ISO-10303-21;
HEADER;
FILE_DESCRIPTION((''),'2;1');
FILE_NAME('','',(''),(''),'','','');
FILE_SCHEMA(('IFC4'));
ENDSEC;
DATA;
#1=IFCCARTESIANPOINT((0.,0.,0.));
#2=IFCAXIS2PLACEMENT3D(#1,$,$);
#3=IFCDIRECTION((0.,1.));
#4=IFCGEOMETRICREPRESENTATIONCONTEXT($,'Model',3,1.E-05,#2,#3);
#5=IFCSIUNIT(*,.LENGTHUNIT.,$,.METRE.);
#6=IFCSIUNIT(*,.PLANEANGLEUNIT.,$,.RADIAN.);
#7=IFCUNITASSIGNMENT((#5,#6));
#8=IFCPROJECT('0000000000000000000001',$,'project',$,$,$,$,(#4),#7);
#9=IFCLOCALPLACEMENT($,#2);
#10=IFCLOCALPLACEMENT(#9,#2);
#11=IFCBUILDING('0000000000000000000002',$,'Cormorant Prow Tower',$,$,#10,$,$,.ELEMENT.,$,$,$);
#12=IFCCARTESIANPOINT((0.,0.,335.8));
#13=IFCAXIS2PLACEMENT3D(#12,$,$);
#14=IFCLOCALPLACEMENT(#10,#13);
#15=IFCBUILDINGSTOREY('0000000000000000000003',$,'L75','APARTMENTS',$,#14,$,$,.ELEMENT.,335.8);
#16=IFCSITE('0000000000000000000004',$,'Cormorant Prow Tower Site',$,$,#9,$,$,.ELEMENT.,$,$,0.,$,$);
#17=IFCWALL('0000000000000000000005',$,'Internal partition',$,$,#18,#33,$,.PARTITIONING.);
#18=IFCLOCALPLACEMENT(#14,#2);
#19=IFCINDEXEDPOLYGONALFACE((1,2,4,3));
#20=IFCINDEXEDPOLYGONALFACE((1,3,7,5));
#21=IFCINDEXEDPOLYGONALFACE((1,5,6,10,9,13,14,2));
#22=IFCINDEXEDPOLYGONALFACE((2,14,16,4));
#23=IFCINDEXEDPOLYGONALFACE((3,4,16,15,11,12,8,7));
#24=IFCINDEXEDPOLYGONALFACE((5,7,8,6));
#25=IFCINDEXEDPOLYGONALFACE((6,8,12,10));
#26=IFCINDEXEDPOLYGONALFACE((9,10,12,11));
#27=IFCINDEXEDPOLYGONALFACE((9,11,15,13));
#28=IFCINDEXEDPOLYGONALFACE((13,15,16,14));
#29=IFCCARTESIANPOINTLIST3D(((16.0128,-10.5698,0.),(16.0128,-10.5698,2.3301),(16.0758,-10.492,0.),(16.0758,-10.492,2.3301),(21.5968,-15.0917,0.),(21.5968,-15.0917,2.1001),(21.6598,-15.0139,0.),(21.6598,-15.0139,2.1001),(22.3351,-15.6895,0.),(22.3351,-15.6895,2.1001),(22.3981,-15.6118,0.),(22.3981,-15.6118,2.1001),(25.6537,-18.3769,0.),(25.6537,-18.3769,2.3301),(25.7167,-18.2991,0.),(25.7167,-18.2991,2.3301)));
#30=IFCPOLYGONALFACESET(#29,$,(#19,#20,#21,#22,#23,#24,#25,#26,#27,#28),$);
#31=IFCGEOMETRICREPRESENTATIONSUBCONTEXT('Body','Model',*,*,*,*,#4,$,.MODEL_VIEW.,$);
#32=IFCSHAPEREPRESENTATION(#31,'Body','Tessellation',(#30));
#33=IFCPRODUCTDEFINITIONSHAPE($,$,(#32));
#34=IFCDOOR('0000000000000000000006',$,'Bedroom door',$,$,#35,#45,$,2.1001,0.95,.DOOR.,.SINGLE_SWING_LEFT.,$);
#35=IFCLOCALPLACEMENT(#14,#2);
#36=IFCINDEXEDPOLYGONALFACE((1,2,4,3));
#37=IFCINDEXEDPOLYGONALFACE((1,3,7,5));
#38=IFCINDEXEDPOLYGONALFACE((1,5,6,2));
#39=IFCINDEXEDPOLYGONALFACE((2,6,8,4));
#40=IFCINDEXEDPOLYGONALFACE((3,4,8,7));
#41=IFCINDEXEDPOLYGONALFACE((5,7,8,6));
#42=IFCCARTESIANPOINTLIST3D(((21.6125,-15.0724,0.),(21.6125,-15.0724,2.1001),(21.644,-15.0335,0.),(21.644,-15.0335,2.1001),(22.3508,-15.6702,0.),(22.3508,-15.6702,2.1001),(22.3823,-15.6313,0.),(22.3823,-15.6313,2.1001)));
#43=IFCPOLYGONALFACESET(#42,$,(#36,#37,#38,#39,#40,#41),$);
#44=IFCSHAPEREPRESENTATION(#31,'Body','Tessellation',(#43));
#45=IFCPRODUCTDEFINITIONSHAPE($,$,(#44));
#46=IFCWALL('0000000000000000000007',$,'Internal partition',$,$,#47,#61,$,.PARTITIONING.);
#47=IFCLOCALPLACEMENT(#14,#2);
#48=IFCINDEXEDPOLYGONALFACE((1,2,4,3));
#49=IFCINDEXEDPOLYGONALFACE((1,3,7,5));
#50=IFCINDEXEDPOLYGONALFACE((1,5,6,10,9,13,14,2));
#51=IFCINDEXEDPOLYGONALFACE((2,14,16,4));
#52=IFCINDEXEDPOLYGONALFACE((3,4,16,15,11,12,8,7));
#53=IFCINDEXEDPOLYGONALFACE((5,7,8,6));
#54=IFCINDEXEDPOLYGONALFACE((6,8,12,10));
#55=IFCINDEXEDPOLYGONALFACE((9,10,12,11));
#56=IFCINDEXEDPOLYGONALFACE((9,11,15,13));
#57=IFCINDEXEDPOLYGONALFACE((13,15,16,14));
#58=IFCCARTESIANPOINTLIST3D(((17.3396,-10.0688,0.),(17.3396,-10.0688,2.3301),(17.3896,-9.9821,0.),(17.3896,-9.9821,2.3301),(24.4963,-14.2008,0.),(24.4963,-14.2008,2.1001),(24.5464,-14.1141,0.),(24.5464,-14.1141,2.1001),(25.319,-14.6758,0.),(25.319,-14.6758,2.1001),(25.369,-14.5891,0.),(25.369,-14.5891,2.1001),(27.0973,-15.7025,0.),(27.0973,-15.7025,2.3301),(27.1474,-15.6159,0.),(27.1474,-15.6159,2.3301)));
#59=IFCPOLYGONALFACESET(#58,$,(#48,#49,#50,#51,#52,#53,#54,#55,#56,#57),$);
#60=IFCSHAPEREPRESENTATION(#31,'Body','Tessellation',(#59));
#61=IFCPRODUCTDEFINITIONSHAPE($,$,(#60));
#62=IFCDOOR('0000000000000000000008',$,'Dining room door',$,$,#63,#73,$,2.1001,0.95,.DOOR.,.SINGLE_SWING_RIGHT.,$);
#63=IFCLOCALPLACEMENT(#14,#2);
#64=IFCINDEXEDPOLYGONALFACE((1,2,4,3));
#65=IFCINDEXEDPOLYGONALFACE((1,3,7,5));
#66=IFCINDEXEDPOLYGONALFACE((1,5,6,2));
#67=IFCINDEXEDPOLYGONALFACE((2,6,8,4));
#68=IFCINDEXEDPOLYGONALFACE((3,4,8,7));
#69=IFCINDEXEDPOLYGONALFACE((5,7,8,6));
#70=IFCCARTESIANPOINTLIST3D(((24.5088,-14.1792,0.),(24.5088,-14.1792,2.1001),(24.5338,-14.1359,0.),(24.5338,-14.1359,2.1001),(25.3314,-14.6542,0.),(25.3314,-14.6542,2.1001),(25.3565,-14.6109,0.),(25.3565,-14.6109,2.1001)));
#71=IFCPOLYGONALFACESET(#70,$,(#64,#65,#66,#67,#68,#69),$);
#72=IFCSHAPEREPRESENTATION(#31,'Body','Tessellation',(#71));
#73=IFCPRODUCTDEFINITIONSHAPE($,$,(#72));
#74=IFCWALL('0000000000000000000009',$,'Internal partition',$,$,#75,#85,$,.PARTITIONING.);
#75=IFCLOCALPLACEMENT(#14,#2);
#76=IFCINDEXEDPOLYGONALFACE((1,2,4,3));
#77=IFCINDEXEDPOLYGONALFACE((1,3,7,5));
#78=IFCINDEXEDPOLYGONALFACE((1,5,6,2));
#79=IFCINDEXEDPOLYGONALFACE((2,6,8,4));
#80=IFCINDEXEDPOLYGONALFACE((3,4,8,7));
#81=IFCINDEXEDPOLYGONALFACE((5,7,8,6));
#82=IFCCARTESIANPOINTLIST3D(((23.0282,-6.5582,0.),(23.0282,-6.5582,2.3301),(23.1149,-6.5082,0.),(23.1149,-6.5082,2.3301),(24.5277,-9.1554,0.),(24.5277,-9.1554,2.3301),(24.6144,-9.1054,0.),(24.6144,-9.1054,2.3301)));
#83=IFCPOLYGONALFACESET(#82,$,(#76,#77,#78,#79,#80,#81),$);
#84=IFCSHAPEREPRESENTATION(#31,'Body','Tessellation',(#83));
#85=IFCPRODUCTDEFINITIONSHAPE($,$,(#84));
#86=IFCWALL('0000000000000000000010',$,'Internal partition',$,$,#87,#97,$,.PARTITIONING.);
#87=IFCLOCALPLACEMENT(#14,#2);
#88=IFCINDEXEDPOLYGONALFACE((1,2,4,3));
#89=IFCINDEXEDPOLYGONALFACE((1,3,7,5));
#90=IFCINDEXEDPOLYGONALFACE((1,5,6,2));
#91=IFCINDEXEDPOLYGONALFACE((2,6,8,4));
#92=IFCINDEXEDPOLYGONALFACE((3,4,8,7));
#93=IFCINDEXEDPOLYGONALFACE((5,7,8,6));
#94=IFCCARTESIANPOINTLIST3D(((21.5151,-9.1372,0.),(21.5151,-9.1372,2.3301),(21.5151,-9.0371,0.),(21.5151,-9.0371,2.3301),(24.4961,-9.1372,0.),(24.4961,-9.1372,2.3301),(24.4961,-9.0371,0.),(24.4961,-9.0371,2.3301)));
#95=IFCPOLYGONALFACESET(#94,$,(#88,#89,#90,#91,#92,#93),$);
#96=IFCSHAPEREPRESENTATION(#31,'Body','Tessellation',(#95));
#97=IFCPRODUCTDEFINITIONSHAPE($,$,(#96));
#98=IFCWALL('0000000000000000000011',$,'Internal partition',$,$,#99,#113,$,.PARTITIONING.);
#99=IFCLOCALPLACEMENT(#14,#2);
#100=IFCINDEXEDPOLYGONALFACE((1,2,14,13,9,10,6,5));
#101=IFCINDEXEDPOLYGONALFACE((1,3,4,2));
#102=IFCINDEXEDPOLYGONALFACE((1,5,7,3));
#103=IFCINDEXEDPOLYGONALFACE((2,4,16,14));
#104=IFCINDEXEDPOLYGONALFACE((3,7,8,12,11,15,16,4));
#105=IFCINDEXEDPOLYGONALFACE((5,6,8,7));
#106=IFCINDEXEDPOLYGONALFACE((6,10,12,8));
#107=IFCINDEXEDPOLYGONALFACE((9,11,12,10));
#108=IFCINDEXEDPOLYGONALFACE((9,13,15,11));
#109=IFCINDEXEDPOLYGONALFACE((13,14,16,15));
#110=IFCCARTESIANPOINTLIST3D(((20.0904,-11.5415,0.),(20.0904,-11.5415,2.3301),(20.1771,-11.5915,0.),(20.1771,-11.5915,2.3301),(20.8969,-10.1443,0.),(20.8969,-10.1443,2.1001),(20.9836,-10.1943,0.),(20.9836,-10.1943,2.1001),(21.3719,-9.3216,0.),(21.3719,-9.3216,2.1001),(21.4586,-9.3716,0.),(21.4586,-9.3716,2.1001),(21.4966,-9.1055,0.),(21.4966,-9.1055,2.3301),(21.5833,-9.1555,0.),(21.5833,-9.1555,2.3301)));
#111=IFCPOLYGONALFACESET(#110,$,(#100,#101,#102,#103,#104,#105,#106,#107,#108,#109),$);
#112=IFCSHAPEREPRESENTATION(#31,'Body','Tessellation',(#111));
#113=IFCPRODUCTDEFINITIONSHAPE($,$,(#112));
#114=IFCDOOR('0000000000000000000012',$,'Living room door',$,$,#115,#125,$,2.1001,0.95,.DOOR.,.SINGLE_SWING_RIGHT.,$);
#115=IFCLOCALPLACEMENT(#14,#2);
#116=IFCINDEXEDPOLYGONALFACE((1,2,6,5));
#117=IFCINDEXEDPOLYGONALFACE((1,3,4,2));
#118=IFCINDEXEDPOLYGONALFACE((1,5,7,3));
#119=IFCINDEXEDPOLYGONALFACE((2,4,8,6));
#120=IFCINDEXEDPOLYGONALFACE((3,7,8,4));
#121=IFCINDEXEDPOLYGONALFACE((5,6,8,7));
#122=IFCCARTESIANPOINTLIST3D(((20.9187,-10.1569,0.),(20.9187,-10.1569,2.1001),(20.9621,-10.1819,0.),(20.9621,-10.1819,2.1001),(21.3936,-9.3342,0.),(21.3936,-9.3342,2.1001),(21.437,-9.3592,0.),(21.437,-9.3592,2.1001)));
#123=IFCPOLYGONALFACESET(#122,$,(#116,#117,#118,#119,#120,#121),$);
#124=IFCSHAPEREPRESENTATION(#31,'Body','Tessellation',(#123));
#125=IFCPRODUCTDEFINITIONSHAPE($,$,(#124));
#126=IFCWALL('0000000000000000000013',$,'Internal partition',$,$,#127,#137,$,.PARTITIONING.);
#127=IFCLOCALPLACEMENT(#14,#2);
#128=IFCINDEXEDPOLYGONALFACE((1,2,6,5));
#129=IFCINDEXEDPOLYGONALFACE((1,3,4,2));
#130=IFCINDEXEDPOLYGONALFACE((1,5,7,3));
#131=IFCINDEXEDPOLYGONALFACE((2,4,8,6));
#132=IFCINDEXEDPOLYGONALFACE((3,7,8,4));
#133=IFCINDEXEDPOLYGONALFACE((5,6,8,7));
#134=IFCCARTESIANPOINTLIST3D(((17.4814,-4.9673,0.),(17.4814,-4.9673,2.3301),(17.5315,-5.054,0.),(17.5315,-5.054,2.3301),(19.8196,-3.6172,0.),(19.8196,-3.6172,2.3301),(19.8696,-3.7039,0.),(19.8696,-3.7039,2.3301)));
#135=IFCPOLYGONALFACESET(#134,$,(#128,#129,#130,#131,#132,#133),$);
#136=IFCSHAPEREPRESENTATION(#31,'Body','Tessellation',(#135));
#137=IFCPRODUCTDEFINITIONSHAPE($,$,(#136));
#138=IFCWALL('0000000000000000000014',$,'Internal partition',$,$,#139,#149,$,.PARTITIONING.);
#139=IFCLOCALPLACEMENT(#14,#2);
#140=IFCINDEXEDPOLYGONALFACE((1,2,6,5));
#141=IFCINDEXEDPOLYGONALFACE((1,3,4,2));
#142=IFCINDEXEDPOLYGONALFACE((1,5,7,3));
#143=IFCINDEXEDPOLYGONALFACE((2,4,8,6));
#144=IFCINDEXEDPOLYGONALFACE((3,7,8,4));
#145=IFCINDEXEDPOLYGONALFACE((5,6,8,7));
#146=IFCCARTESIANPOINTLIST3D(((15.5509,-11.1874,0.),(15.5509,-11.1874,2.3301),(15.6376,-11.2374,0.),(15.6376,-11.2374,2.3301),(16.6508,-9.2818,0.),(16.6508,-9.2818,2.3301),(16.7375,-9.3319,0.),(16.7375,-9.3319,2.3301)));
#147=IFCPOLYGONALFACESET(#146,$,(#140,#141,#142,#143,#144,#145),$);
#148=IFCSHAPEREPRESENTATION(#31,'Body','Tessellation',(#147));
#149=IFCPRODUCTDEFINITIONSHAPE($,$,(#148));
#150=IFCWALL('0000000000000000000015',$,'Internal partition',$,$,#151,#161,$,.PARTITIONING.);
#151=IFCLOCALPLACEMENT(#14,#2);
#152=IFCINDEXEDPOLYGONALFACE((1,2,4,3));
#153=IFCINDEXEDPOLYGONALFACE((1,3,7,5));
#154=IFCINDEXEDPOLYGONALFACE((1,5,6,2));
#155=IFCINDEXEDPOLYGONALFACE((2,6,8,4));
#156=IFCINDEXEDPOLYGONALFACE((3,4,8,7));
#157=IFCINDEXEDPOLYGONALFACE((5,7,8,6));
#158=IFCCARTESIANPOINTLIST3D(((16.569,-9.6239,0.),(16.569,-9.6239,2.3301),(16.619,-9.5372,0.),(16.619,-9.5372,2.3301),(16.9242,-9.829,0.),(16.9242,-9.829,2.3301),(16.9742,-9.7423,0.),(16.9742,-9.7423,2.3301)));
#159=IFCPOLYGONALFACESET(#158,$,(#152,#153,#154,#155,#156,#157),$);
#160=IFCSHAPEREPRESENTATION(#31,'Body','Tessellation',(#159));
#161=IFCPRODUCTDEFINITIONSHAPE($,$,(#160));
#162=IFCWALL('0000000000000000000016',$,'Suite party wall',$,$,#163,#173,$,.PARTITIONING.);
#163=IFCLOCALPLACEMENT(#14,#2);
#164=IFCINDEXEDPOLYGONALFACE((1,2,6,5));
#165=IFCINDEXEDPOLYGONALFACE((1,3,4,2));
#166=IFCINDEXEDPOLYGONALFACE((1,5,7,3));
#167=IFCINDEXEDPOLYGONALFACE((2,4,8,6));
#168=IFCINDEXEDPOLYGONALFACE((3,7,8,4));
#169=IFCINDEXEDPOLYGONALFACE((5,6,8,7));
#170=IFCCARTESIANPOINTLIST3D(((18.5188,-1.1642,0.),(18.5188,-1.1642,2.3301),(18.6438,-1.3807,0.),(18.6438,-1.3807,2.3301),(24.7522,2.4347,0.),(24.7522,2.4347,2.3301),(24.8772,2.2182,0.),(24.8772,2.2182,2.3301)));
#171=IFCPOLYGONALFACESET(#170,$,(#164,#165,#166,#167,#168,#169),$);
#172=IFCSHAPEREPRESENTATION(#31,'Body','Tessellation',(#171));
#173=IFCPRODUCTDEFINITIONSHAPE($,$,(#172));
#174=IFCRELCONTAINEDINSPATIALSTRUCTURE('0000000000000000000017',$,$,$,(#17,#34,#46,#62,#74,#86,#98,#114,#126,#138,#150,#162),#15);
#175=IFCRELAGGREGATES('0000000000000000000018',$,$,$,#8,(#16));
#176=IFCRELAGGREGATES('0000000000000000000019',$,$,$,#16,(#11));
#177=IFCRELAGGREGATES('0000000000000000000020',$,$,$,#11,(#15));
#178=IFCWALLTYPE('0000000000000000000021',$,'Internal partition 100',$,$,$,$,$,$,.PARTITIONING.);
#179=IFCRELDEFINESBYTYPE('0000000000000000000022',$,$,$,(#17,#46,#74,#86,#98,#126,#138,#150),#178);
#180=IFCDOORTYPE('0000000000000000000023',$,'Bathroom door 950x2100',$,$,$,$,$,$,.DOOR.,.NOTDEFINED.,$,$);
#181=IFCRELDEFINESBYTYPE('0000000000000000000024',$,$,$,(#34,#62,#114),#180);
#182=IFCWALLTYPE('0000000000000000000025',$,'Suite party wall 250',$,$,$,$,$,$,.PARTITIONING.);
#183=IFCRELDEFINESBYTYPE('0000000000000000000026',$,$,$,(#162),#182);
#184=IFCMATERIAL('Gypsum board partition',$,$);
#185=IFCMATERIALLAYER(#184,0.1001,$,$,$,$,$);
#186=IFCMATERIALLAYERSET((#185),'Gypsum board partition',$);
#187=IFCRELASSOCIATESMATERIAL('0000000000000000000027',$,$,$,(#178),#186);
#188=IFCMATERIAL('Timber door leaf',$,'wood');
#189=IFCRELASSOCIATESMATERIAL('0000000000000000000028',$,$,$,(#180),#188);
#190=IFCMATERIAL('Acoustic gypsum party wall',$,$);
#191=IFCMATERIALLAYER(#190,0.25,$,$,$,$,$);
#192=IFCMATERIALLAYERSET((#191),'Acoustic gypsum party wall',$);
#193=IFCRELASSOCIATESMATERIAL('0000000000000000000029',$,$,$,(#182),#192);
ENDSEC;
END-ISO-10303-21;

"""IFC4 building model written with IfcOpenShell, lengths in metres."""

from ifc_helpers import new_model, si_unit, direction, frame, frame_2d, origin, place, context, subcontext, project, spatial, rectangle, extrude, material, layer, layer_set, type_object, element, fill, save


model = new_model("IFC4")

# Units and contexts
model_context = context("Model", 3, precision=1e-05, world=origin(), true_north=direction((0.0, 1.0)))
body_context = subcontext(model_context, "Body", "Model", "MODEL_VIEW")
ifc_project = project(units=[si_unit("LENGTHUNIT", "METRE"), si_unit("PLANEANGLEUNIT", "RADIAN")], contexts=[model_context])

# Site, building, storey
site_placement = place(None, origin())
site = spatial("IfcSite", under=ifc_project, at=site_placement, Name="Cormorant Prow Tower Site", CompositionType="ELEMENT", RefElevation=0.0)
building_placement = place(site_placement, origin())
building = spatial("IfcBuilding", under=site, at=building_placement, Name="Cormorant Prow Tower", CompositionType="ELEMENT")
storey_placement = place(building_placement, frame((0.0, 0.0, 335.8)))
storey = spatial("IfcBuildingStorey", under=building, at=storey_placement, Name="L75", Description="APARTMENTS", CompositionType="ELEMENT", Elevation=335.8)

# Walls, openings, doors
ifc_material_1 = material(Name="Gypsum board partition")
ifc_layer_1 = layer(ifc_material_1, 0.1001)
ifc_layer_set_1 = layer_set([ifc_layer_1], Name="Gypsum board partition")
wall_type_1 = type_object("IfcWallType", Name="Internal partition 100", PredefinedType="PARTITIONING", material=ifc_layer_set_1)
wall_1_placement = place(storey_placement, frame((16.0444, -10.531, 0.0), z_axis=(0.0, 0.0, 1.0), x_axis=(0.777142, -0.629326, 0.0)))
wall_1 = element("IfcWall", 1, at=wall_1_placement, inside=storey, type_object=wall_type_1, Name="Internal partition", PredefinedType="PARTITIONING", context=body_context, shape_type="SweptSolid", body=[
    extrude(rectangle(XDim=12.4055, YDim=0.1001, at=frame_2d((6.2026, 0.0))), origin(), (0.0, 0.0, 1.0), 2.3301),
])
opening_1_placement = place(wall_1_placement, frame((7.1851, 0.0, 0.0)))
opening_1 = element("IfcOpeningElement", 2, at=opening_1_placement, cuts=wall_1, PredefinedType="OPENING", context=body_context, shape_type="SweptSolid", body=[
    extrude(rectangle(XDim=0.95, YDim=2.1001, at=frame_2d((0.4751, 1.05))), frame((0.0, 0.0601, 0.0), z_axis=(0.0, -1.0, 0.0), x_axis=(1.0, 0.0, 0.0)), (0.0, 0.0, 1.0), 0.1201),
])
ifc_material_2 = material(Name="Timber door leaf", Category="wood")
door_type_1 = type_object("IfcDoorType", Name="Bathroom door 950x2100", OperationType="NOTDEFINED", PredefinedType="DOOR", material=ifc_material_2)
door_1_placement = place(opening_1_placement, origin())
door_1 = element("IfcDoor", 3, at=door_1_placement, inside=storey, type_object=door_type_1, Name="Bedroom door", OperationType="SINGLE_SWING_LEFT", OverallHeight=2.1001, OverallWidth=0.95, PredefinedType="DOOR", context=body_context, shape_type="SweptSolid", body=[
    extrude(rectangle(XDim=0.95, YDim=2.1001, at=frame_2d((0.4751, 1.05))), frame((0.0, 0.0249, 0.0), z_axis=(0.0, -1.0, 0.0), x_axis=(1.0, 0.0, 0.0)), (0.0, 0.0, 1.0), 0.05),
])
fill(opening_1, door_1)
wall_2_placement = place(storey_placement, frame((17.3645, -10.0254, 0.0), z_axis=(0.0, 0.0, 1.0), x_axis=(0.866021, -0.500008, 0.0)))
wall_2 = element("IfcWall", 4, at=wall_2_placement, inside=storey, type_object=wall_type_1, Name="Internal partition", PredefinedType="PARTITIONING", context=body_context, shape_type="SweptSolid", body=[
    extrude(rectangle(XDim=11.2673, YDim=0.1001, at=frame_2d((5.6338, 0.0))), origin(), (0.0, 0.0, 1.0), 2.3301),
])
opening_2_placement = place(wall_2_placement, frame((8.2639, 0.0, 0.0)))
opening_2 = element("IfcOpeningElement", 5, at=opening_2_placement, cuts=wall_2, PredefinedType="OPENING", context=body_context, shape_type="SweptSolid", body=[
    extrude(rectangle(XDim=0.95, YDim=2.1001, at=frame_2d((0.4751, 1.05))), frame((0.0, 0.0601, 0.0), z_axis=(0.0, -1.0, 0.0), x_axis=(1.0, 0.0, 0.0)), (0.0, 0.0, 1.0), 0.1201),
])
door_2_placement = place(opening_2_placement, origin())
door_2 = element("IfcDoor", 6, at=door_2_placement, inside=storey, type_object=door_type_1, Name="Dining room door", OperationType="SINGLE_SWING_RIGHT", OverallHeight=2.1001, OverallWidth=0.95, PredefinedType="DOOR", context=body_context, shape_type="SweptSolid", body=[
    extrude(rectangle(XDim=0.95, YDim=2.1001, at=frame_2d((0.4751, 1.05))), frame((0.0, 0.0249, 0.0), z_axis=(0.0, -1.0, 0.0), x_axis=(1.0, 0.0, 0.0)), (0.0, 0.0, 1.0), 0.05),
])
fill(opening_2, door_2)

# Walls
wall_3_placement = place(storey_placement, frame((23.0715, -6.5332, 0.0), z_axis=(0.0, 0.0, 1.0), x_axis=(0.500009, -0.86602, 0.0)))
element("IfcWall", 7, at=wall_3_placement, inside=storey, type_object=wall_type_1, Name="Internal partition", PredefinedType="PARTITIONING", context=body_context, shape_type="SweptSolid", body=[
    extrude(rectangle(XDim=2.999, YDim=0.1001, at=frame_2d((1.4995, 0.0))), origin(), (0.0, 0.0, 1.0), 2.3301),
])
wall_4_placement = place(storey_placement, frame((21.5151, -9.0872, 0.0), z_axis=(0.0, 0.0, 1.0), x_axis=(1.0, 0.0, 0.0)))
element("IfcWall", 8, at=wall_4_placement, inside=storey, type_object=wall_type_1, Name="Internal partition", PredefinedType="PARTITIONING", context=body_context, shape_type="SweptSolid", body=[
    extrude(rectangle(XDim=2.981, YDim=0.1001, at=frame_2d((1.4905, 0.0))), origin(), (0.0, 0.0, 1.0), 2.3301),
])

# Wall, opening, door
wall_5_placement = place(storey_placement, frame((20.1338, -11.5664, 0.0), z_axis=(0.0, 0.0, 1.0), x_axis=(0.499948, 0.866056, 0.0)))
wall_5 = element("IfcWall", 9, at=wall_5_placement, inside=storey, type_object=wall_type_1, Name="Internal partition", PredefinedType="PARTITIONING", context=body_context, shape_type="SweptSolid", body=[
    extrude(rectangle(XDim=2.8127, YDim=0.1001, at=frame_2d((1.4062, 0.0))), origin(), (0.0, 0.0, 1.0), 2.3301),
])
opening_3_placement = place(wall_5_placement, frame((1.613, 0.0, 0.0)))
opening_3 = element("IfcOpeningElement", 10, at=opening_3_placement, cuts=wall_5, PredefinedType="OPENING", context=body_context, shape_type="SweptSolid", body=[
    extrude(rectangle(XDim=0.95, YDim=2.1001, at=frame_2d((0.4751, 1.05))), frame((0.0, 0.0601, 0.0), z_axis=(0.0, -1.0, 0.0), x_axis=(1.0, 0.0, 0.0)), (0.0, 0.0, 1.0), 0.1201),
])
door_3_placement = place(opening_3_placement, origin())
door_3 = element("IfcDoor", 11, at=door_3_placement, inside=storey, type_object=door_type_1, Name="Living room door", OperationType="SINGLE_SWING_RIGHT", OverallHeight=2.1001, OverallWidth=0.95, PredefinedType="DOOR", context=body_context, shape_type="SweptSolid", body=[
    extrude(rectangle(XDim=0.95, YDim=2.1001, at=frame_2d((0.4751, 1.05))), frame((0.0, 0.0249, 0.0), z_axis=(0.0, -1.0, 0.0), x_axis=(1.0, 0.0, 0.0)), (0.0, 0.0, 1.0), 0.05),
])
fill(opening_3, door_3)

# Walls
wall_6_placement = place(storey_placement, frame((17.5063, -5.0107, 0.0), z_axis=(0.0, 0.0, 1.0), x_axis=(0.865997, 0.500049, 0.0)))
element("IfcWall", 12, at=wall_6_placement, inside=storey, type_object=wall_type_1, Name="Internal partition", PredefinedType="PARTITIONING", context=body_context, shape_type="SweptSolid", body=[
    extrude(rectangle(XDim=2.7, YDim=0.1001, at=frame_2d((1.3501, 0.0))), origin(), (0.0, 0.0, 1.0), 2.3301),
])
wall_7_placement = place(storey_placement, frame((15.5942, -11.2124, 0.0), z_axis=(0.0, 0.0, 1.0), x_axis=(0.499899, 0.866084, 0.0)))
element("IfcWall", 13, at=wall_7_placement, inside=storey, type_object=wall_type_1, Name="Internal partition", PredefinedType="PARTITIONING", context=body_context, shape_type="SweptSolid", body=[
    extrude(rectangle(XDim=2.2002, YDim=0.1001, at=frame_2d((1.1001, 0.0))), origin(), (0.0, 0.0, 1.0), 2.3301),
])
wall_8_placement = place(storey_placement, frame((16.594, -9.5806, 0.0), z_axis=(0.0, 0.0, 1.0), x_axis=(0.866037, -0.49998, 0.0)))
element("IfcWall", 14, at=wall_8_placement, inside=storey, type_object=wall_type_1, Name="Internal partition", PredefinedType="PARTITIONING", context=body_context, shape_type="SweptSolid", body=[
    extrude(rectangle(XDim=0.4102, YDim=0.1001, at=frame_2d((0.2051, 0.0))), origin(), (0.0, 0.0, 1.0), 2.3301),
])
ifc_material_3 = material(Name="Acoustic gypsum party wall")
ifc_layer_2 = layer(ifc_material_3, 0.25)
ifc_layer_set_2 = layer_set([ifc_layer_2], Name="Acoustic gypsum party wall")
wall_type_2 = type_object("IfcWallType", Name="Suite party wall 250", PredefinedType="PARTITIONING", material=ifc_layer_set_2)
wall_9_placement = place(storey_placement, frame((18.5813, -1.2725, 0.0), z_axis=(0.0, 0.0, 1.0), x_axis=(0.866024, 0.500002, 0.0)))
element("IfcWall", 15, at=wall_9_placement, inside=storey, type_object=wall_type_2, Name="Suite party wall", PredefinedType="PARTITIONING", context=body_context, shape_type="SweptSolid", body=[
    extrude(rectangle(XDim=7.1978, YDim=0.25, at=frame_2d((3.5989, 0.0))), origin(), (0.0, 0.0, 1.0), 2.3301),
])

save(model, "model.ifc")
